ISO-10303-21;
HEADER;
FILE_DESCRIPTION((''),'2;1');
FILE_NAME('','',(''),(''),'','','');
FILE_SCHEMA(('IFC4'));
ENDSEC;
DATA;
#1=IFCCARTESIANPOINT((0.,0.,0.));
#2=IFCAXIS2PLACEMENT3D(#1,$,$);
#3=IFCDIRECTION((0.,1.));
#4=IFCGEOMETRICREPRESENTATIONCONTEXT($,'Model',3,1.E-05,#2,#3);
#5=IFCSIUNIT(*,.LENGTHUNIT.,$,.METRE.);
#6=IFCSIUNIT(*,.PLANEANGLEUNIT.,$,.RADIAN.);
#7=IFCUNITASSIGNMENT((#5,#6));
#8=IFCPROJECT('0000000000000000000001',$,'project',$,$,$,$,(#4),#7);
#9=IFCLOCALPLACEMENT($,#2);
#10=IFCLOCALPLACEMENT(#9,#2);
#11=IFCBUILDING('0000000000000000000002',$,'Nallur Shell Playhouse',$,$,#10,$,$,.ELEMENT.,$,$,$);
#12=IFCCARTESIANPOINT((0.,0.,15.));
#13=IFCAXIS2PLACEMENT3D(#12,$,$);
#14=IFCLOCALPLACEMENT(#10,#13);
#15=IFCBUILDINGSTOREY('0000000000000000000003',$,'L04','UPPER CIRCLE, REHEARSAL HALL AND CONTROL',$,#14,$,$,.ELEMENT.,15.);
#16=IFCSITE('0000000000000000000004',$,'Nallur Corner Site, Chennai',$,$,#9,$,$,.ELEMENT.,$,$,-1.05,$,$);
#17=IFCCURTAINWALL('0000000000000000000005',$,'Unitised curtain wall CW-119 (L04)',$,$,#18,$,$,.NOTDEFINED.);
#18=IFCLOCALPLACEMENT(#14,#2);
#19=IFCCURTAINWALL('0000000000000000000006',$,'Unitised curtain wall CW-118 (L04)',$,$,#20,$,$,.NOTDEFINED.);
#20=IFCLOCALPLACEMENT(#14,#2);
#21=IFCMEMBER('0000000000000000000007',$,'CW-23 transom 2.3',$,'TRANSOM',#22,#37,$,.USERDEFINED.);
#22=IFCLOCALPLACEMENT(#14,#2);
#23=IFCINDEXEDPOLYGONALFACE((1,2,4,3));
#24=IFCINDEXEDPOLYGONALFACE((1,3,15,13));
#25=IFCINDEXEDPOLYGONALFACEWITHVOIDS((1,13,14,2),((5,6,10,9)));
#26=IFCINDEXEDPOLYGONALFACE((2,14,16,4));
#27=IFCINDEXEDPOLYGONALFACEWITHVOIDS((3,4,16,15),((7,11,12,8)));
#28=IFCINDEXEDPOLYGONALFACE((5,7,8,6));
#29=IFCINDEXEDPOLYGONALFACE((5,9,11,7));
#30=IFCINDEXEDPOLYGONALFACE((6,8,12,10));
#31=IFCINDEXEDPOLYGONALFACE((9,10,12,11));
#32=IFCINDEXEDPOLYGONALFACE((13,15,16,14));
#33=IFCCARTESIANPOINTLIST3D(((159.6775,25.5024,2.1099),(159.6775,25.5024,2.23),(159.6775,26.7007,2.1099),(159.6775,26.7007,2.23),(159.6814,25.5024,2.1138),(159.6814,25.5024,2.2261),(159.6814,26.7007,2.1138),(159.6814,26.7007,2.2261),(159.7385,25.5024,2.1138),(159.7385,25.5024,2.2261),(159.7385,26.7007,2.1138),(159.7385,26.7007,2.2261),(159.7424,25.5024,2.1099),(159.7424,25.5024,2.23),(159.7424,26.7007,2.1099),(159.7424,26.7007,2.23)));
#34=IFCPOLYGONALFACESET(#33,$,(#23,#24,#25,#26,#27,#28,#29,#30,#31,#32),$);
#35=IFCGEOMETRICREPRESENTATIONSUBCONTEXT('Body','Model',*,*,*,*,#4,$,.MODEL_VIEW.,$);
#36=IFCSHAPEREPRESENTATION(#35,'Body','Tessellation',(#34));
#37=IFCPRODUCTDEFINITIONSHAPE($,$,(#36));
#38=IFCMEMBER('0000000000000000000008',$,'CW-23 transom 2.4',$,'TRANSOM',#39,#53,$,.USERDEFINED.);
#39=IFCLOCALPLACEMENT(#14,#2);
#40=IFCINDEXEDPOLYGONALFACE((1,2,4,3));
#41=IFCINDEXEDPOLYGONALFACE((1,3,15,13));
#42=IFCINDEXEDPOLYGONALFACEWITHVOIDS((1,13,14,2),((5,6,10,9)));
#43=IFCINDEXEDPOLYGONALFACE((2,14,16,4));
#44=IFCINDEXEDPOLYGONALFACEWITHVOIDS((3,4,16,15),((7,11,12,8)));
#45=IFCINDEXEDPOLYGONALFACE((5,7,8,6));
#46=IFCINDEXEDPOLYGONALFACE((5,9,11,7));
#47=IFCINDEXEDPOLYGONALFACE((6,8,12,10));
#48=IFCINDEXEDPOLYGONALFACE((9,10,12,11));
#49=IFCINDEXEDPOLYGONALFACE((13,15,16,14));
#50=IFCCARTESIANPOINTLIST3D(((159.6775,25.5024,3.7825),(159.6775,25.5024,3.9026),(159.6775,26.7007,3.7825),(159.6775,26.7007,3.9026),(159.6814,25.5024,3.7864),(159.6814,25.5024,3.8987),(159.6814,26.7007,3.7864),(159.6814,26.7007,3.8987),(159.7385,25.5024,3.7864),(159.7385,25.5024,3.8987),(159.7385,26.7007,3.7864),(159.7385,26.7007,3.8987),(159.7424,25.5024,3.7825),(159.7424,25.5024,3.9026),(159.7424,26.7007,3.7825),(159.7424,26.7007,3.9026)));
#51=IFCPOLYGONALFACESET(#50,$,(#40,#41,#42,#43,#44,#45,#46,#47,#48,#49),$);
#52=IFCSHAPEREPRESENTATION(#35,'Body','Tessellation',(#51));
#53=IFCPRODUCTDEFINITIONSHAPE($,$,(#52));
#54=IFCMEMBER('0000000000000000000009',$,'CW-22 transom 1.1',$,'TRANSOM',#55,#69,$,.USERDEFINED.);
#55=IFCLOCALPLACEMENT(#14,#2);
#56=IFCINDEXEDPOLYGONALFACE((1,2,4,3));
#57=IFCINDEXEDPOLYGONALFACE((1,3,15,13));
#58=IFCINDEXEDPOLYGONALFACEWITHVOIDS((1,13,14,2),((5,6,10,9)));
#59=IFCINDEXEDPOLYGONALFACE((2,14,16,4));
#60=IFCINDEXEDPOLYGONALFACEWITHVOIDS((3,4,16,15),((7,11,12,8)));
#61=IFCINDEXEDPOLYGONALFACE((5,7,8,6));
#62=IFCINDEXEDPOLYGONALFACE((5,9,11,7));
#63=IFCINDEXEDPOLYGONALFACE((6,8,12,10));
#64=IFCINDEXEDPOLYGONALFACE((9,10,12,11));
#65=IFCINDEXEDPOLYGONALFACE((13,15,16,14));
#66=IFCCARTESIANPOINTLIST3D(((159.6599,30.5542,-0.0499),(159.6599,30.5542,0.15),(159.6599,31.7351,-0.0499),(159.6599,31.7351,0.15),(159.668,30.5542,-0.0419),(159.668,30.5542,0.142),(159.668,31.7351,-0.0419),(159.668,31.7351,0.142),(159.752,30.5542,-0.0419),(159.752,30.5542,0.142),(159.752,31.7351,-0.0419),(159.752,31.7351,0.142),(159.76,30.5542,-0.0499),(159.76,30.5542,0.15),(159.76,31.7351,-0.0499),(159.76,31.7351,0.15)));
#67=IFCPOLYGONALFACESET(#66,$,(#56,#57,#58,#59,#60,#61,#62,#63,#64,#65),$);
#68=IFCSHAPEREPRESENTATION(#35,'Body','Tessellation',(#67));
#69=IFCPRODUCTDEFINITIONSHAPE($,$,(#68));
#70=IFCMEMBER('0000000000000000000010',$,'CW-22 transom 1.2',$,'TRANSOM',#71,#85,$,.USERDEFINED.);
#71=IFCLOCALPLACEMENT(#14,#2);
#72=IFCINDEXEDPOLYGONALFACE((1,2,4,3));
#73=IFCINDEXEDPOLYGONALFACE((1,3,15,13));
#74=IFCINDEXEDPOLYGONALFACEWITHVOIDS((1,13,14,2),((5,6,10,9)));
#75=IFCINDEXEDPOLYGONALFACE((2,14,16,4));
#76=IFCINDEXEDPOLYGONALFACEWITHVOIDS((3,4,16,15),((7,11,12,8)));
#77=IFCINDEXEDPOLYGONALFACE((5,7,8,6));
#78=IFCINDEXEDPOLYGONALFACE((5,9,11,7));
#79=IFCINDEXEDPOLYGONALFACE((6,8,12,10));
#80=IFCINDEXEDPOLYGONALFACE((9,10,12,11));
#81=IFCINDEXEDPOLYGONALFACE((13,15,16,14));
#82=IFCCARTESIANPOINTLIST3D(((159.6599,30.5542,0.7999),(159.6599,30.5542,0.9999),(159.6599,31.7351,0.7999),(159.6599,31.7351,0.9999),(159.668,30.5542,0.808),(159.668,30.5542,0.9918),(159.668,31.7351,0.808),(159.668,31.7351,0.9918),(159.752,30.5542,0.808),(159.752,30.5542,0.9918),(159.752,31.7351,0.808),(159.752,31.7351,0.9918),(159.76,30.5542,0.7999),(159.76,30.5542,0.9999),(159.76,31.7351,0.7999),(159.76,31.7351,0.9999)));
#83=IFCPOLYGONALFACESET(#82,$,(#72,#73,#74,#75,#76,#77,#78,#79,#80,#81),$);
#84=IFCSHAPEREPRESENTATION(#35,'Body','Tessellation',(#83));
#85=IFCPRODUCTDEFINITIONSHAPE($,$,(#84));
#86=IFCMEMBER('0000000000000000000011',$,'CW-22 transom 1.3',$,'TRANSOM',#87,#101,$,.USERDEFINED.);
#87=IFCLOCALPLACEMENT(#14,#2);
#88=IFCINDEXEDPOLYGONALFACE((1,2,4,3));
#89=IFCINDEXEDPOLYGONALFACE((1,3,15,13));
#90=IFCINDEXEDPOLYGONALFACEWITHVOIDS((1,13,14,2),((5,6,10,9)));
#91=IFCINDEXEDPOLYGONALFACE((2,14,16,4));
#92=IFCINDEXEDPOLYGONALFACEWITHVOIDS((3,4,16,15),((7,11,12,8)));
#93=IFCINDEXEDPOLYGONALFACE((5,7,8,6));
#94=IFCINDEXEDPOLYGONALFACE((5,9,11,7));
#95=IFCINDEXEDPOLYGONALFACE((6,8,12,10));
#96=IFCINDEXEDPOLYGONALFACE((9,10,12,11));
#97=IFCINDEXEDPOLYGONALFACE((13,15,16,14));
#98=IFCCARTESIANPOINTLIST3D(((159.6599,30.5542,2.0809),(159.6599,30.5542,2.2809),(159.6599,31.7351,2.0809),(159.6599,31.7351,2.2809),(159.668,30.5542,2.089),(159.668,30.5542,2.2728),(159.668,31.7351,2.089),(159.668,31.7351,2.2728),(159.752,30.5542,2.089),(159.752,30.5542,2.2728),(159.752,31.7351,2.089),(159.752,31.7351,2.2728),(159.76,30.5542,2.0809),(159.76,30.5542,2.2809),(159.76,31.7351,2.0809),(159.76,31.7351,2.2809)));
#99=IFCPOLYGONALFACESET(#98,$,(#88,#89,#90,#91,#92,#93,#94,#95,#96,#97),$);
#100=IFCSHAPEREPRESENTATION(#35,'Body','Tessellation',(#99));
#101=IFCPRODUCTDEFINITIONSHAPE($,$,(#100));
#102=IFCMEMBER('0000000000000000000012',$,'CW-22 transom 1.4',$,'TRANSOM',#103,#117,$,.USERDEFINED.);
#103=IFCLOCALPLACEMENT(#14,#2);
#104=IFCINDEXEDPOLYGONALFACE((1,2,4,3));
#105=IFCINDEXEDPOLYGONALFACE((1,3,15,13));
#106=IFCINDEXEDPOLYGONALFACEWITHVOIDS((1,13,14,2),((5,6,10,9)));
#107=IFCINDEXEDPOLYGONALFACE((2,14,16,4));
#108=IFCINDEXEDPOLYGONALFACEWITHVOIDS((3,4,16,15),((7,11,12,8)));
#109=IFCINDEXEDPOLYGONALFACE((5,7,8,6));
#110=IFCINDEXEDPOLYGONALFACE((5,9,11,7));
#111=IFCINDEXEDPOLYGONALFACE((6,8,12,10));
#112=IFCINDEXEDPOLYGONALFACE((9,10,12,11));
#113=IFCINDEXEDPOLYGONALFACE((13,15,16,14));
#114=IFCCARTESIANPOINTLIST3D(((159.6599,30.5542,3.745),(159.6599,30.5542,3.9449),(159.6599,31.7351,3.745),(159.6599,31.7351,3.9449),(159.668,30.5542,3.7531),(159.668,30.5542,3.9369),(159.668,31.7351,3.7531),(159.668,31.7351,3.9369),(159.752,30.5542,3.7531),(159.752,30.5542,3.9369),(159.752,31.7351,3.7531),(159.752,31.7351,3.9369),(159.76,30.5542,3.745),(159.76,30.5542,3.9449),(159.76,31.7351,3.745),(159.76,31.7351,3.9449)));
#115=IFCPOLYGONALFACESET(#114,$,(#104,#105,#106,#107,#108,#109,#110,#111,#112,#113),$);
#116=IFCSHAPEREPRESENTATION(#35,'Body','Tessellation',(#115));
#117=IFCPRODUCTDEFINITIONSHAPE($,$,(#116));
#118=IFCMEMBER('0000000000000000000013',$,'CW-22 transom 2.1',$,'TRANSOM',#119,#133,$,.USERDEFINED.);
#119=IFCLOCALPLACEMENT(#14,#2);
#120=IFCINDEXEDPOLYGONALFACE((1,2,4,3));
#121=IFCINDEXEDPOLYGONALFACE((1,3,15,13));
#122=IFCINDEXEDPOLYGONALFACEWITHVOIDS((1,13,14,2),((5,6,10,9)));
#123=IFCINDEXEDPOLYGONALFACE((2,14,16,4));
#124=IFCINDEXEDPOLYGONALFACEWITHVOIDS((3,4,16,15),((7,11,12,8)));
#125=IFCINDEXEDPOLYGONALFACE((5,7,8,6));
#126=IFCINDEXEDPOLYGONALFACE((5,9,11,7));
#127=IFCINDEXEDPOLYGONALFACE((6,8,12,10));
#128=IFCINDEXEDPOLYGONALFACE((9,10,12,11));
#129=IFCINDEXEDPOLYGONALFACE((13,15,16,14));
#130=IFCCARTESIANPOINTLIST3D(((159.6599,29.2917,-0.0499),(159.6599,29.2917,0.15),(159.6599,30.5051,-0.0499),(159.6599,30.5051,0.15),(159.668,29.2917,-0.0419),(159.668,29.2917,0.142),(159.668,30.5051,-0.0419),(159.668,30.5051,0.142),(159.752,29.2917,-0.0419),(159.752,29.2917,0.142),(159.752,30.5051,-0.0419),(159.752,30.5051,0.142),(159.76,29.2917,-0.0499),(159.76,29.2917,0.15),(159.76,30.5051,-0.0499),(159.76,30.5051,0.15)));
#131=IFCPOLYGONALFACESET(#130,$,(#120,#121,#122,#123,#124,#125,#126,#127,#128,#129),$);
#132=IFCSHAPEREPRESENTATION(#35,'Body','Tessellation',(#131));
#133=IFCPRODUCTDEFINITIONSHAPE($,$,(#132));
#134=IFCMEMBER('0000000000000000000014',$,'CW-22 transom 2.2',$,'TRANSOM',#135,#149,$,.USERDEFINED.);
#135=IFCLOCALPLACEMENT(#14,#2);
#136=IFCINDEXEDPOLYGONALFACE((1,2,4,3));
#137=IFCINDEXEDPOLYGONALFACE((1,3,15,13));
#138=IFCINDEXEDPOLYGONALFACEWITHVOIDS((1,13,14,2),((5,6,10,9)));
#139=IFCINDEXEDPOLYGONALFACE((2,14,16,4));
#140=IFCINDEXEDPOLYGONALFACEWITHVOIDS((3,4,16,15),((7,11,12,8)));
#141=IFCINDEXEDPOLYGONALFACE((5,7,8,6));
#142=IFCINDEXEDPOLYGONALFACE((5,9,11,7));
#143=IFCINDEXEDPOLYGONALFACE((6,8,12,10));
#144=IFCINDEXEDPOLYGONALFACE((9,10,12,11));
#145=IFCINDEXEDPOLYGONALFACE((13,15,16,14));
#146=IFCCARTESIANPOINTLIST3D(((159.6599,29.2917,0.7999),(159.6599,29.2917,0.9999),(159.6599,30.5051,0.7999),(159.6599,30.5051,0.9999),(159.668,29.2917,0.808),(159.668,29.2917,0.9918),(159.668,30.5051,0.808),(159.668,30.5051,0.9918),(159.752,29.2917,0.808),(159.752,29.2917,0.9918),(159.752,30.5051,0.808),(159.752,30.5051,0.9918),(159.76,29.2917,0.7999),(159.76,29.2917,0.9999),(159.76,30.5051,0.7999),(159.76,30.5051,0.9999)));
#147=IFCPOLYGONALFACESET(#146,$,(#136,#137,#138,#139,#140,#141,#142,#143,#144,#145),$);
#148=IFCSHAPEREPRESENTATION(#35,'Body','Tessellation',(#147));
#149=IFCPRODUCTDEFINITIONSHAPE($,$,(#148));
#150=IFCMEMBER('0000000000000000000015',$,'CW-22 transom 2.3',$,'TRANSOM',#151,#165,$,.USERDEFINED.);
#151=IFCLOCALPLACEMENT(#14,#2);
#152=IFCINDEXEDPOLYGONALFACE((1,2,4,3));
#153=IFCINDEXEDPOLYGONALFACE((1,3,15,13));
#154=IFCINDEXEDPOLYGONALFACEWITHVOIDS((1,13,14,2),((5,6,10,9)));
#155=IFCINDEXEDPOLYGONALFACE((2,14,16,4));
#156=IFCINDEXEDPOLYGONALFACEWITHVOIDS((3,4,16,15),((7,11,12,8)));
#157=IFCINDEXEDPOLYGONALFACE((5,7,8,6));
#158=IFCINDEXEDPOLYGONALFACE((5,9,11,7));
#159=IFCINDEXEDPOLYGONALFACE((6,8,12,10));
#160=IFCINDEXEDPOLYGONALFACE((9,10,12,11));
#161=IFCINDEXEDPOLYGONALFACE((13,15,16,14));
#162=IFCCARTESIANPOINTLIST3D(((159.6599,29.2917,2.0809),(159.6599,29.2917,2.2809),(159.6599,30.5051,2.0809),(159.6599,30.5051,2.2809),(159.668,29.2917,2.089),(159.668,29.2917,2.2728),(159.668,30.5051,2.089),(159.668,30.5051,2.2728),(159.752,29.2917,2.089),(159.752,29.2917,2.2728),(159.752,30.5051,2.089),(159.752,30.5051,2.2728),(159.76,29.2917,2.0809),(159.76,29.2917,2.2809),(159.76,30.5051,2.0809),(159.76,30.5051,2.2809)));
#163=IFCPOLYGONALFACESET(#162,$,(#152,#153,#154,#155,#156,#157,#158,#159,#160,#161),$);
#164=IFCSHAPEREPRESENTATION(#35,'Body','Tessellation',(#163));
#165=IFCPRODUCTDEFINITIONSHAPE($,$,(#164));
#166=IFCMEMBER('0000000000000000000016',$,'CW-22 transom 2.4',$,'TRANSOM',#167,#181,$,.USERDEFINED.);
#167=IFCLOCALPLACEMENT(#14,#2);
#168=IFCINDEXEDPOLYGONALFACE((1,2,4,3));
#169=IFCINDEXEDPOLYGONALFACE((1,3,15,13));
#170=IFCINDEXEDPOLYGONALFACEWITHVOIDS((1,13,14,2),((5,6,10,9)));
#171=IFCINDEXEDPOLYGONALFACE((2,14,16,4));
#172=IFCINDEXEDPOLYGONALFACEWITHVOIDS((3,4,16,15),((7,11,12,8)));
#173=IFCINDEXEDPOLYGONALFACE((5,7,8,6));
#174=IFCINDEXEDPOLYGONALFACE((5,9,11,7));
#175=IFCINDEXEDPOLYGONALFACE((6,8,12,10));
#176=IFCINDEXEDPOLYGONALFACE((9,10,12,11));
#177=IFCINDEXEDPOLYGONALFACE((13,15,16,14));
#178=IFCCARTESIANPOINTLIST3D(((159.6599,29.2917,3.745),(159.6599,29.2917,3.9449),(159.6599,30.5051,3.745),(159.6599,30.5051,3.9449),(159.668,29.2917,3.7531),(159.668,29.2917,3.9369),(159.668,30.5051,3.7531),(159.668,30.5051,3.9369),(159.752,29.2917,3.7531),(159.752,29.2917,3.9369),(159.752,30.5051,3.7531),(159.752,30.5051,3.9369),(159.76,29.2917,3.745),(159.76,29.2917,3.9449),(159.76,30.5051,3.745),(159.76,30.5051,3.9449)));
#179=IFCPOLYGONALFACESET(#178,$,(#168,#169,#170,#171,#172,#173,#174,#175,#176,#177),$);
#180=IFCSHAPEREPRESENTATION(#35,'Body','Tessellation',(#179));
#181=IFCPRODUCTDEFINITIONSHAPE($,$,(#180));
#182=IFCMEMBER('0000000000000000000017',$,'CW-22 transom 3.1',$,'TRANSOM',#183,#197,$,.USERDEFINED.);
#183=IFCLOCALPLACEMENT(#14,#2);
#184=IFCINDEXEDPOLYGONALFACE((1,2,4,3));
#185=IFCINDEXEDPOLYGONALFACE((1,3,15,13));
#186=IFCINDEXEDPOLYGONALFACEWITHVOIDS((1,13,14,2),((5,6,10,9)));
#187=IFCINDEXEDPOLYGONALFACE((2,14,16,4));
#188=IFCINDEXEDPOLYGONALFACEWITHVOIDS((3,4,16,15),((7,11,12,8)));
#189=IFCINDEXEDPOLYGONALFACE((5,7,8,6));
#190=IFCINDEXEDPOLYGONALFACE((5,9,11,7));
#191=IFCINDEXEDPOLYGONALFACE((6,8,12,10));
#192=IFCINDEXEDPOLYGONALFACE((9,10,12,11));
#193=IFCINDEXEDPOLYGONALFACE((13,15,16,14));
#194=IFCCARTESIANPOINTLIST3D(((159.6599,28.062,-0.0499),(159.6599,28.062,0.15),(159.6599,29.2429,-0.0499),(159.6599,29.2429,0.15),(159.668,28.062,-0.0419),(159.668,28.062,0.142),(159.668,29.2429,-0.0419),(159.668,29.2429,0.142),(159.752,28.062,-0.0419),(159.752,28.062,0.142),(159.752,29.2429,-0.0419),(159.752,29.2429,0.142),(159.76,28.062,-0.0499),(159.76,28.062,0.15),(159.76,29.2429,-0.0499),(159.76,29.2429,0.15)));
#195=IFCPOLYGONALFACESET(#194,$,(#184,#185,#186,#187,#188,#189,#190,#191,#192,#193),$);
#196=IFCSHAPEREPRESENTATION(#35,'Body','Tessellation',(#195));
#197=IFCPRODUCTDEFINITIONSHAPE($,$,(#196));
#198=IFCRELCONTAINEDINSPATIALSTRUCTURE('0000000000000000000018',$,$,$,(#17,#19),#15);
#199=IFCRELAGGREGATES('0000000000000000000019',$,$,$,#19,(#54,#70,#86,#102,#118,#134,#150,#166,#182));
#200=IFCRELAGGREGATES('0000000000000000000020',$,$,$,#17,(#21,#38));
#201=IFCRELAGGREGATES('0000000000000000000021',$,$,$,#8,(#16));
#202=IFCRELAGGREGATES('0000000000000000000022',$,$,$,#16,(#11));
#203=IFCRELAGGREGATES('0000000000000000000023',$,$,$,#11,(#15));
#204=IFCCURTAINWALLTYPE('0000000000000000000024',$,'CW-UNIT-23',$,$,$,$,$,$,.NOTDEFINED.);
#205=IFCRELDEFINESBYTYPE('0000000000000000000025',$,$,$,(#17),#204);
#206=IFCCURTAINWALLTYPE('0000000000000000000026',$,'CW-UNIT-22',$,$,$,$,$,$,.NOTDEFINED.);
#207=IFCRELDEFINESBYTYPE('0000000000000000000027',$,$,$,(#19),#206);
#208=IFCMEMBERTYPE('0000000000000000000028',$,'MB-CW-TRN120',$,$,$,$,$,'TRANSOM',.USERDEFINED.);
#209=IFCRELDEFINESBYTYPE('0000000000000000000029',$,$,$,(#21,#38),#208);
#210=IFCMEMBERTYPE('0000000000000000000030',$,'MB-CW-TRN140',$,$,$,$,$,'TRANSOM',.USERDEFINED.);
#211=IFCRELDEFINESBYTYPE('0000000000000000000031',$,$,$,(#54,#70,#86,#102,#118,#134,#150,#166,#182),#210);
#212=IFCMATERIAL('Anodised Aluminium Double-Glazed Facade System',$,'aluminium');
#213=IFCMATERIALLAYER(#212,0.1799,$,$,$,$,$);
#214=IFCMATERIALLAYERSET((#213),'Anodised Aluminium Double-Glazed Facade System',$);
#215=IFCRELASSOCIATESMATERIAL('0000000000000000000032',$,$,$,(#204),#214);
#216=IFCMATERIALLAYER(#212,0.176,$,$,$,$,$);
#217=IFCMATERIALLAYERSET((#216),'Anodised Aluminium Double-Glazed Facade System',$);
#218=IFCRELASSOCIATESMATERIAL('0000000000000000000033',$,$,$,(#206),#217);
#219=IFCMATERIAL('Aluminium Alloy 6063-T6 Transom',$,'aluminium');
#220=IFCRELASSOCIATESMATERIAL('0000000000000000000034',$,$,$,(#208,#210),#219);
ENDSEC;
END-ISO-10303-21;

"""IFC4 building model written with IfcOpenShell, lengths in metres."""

from ifc_helpers import new_model, si_unit, direction, frame, origin, origin_2d, place, context, subcontext, project, spatial, hollow_rectangle, extrude, material, layer, layer_set, material_profile, profile_set, type_object, element, aggregate, save


model = new_model("IFC4")

# Units and contexts
model_context = context("Model", 3, precision=1e-05, world=origin(), true_north=direction((0.0, 1.0)))
body_context = subcontext(model_context, "Body", "Model", "MODEL_VIEW")
ifc_project = project(units=[si_unit("LENGTHUNIT", "METRE"), si_unit("PLANEANGLEUNIT", "RADIAN")], contexts=[model_context])

# Site, building, storey
site_placement = place(None, origin())
site = spatial("IfcSite", under=ifc_project, at=site_placement, Name="Nallur Corner Site, Chennai", CompositionType="ELEMENT", RefElevation=-1.05)
building_placement = place(site_placement, origin())
building = spatial("IfcBuilding", under=site, at=building_placement, Name="Nallur Shell Playhouse", CompositionType="ELEMENT")
storey_placement = place(building_placement, frame((0.0, 0.0, 15.0)))
storey = spatial("IfcBuildingStorey", under=building, at=storey_placement, Name="L04", Description="UPPER CIRCLE, REHEARSAL HALL AND CONTROL", CompositionType="ELEMENT", Elevation=15.0)

# Curtain walls
ifc_material_1 = material(Name="Anodised Aluminium Double-Glazed Facade System", Category="aluminium")
ifc_layer_1 = layer(ifc_material_1, 0.1799)
ifc_layer_set_1 = layer_set([ifc_layer_1], Name="Anodised Aluminium Double-Glazed Facade System")
curtain_wall_type_1 = type_object("IfcCurtainWallType", Name="CW-UNIT-23", PredefinedType="NOTDEFINED", material=ifc_layer_set_1)
curtain_wall_1_placement = place(storey_placement, origin())
curtain_wall_1 = element("IfcCurtainWall", 1, at=curtain_wall_1_placement, inside=storey, type_object=curtain_wall_type_1, Name="Unitised curtain wall CW-119 (L04)", PredefinedType="NOTDEFINED")
ifc_layer_2 = layer(ifc_material_1, 0.176)
ifc_layer_set_2 = layer_set([ifc_layer_2], Name="Anodised Aluminium Double-Glazed Facade System")
curtain_wall_type_2 = type_object("IfcCurtainWallType", Name="CW-UNIT-22", PredefinedType="NOTDEFINED", material=ifc_layer_set_2)
curtain_wall_2_placement = place(storey_placement, origin())
curtain_wall_2 = element("IfcCurtainWall", 2, at=curtain_wall_2_placement, inside=storey, type_object=curtain_wall_type_2, Name="Unitised curtain wall CW-118 (L04)", PredefinedType="NOTDEFINED")

# Members
ifc_material_2 = material(Name="Aluminium Alloy 6063-T6 Transom", Category="aluminium")
ifc_material_profile_1 = material_profile(ifc_material_2, hollow_rectangle(XDim=0.0649, YDim=0.1201, WallThickness=0.0039, at=origin_2d()), Name="ALU 65x120x4")
ifc_profile_set_1 = profile_set([ifc_material_profile_1], Name="Aluminium Alloy 6063-T6 Transom")
member_type_1 = type_object("IfcMemberType", Name="MB-CW-TRN120", ElementType="TRANSOM", PredefinedType="USERDEFINED", material=ifc_profile_set_1)
member_1_placement = place(storey_placement, frame((159.71, 26.7007, 2.1699), z_axis=(0.0, -1.0, 0.0), x_axis=(1.0, 0.0, 0.0)))
member_1 = element("IfcMember", 3, at=member_1_placement, type_object=member_type_1, Name="CW-23 transom 2.3", ObjectType="TRANSOM", PredefinedType="USERDEFINED", context=body_context, shape_type="SweptSolid", body=[
    extrude(hollow_rectangle(XDim=0.0649, YDim=0.1201, WallThickness=0.0039, at=origin_2d()), origin(), (0.0, 0.0, 1.0), 1.1982),
])
member_2_placement = place(storey_placement, frame((159.71, 26.7007, 3.8425), z_axis=(0.0, -1.0, 0.0), x_axis=(1.0, 0.0, 0.0)))
member_2 = element("IfcMember", 4, at=member_2_placement, type_object=member_type_1, Name="CW-23 transom 2.4", ObjectType="TRANSOM", PredefinedType="USERDEFINED", context=body_context, shape_type="SweptSolid", body=[
    extrude(hollow_rectangle(XDim=0.0649, YDim=0.1201, WallThickness=0.0039, at=origin_2d()), origin(), (0.0, 0.0, 1.0), 1.1982),
])
ifc_material_profile_2 = material_profile(ifc_material_2, hollow_rectangle(XDim=0.1001, YDim=0.2, WallThickness=0.0081, at=origin_2d()), Name="RHS 200x100x8")
ifc_profile_set_2 = profile_set([ifc_material_profile_2], Name="Aluminium Alloy 6063-T6 Transom")
member_type_2 = type_object("IfcMemberType", Name="MB-CW-TRN140", ElementType="TRANSOM", PredefinedType="USERDEFINED", material=ifc_profile_set_2)
member_3_placement = place(storey_placement, frame((159.71, 31.7351, 0.05), z_axis=(0.0, -1.0, 0.0), x_axis=(1.0, 0.0, 0.0)))
member_3 = element("IfcMember", 5, at=member_3_placement, type_object=member_type_2, Name="CW-22 transom 1.1", ObjectType="TRANSOM", PredefinedType="USERDEFINED", context=body_context, shape_type="SweptSolid", body=[
    extrude(hollow_rectangle(XDim=0.1001, YDim=0.2, WallThickness=0.0081, at=origin_2d()), origin(), (0.0, 0.0, 1.0), 1.1809),
])
member_4_placement = place(storey_placement, frame((159.71, 31.7351, 0.8999), z_axis=(0.0, -1.0, 0.0), x_axis=(1.0, 0.0, 0.0)))
member_4 = element("IfcMember", 6, at=member_4_placement, type_object=member_type_2, Name="CW-22 transom 1.2", ObjectType="TRANSOM", PredefinedType="USERDEFINED", context=body_context, shape_type="SweptSolid", body=[
    extrude(hollow_rectangle(XDim=0.1001, YDim=0.2, WallThickness=0.0081, at=origin_2d()), origin(), (0.0, 0.0, 1.0), 1.1809),
])
member_5_placement = place(storey_placement, frame((159.71, 31.7351, 2.1809), z_axis=(0.0, -1.0, 0.0), x_axis=(1.0, 0.0, 0.0)))
member_5 = element("IfcMember", 7, at=member_5_placement, type_object=member_type_2, Name="CW-22 transom 1.3", ObjectType="TRANSOM", PredefinedType="USERDEFINED", context=body_context, shape_type="SweptSolid", body=[
    extrude(hollow_rectangle(XDim=0.1001, YDim=0.2, WallThickness=0.0081, at=origin_2d()), origin(), (0.0, 0.0, 1.0), 1.1809),
])
member_6_placement = place(storey_placement, frame((159.71, 31.7351, 3.845), z_axis=(0.0, -1.0, 0.0), x_axis=(1.0, 0.0, 0.0)))
member_6 = element("IfcMember", 8, at=member_6_placement, type_object=member_type_2, Name="CW-22 transom 1.4", ObjectType="TRANSOM", PredefinedType="USERDEFINED", context=body_context, shape_type="SweptSolid", body=[
    extrude(hollow_rectangle(XDim=0.1001, YDim=0.2, WallThickness=0.0081, at=origin_2d()), origin(), (0.0, 0.0, 1.0), 1.1809),
])
member_7_placement = place(storey_placement, frame((159.71, 30.5051, 0.05), z_axis=(0.0, -1.0, 0.0), x_axis=(1.0, 0.0, 0.0)))
member_7 = element("IfcMember", 9, at=member_7_placement, type_object=member_type_2, Name="CW-22 transom 2.1", ObjectType="TRANSOM", PredefinedType="USERDEFINED", context=body_context, shape_type="SweptSolid", body=[
    extrude(hollow_rectangle(XDim=0.1001, YDim=0.2, WallThickness=0.0081, at=origin_2d()), origin(), (0.0, 0.0, 1.0), 1.2134),
])
member_8_placement = place(storey_placement, frame((159.71, 30.5051, 0.8999), z_axis=(0.0, -1.0, 0.0), x_axis=(1.0, 0.0, 0.0)))
member_8 = element("IfcMember", 10, at=member_8_placement, type_object=member_type_2, Name="CW-22 transom 2.2", ObjectType="TRANSOM", PredefinedType="USERDEFINED", context=body_context, shape_type="SweptSolid", body=[
    extrude(hollow_rectangle(XDim=0.1001, YDim=0.2, WallThickness=0.0081, at=origin_2d()), origin(), (0.0, 0.0, 1.0), 1.2134),
])
member_9_placement = place(storey_placement, frame((159.71, 30.5051, 2.1809), z_axis=(0.0, -1.0, 0.0), x_axis=(1.0, 0.0, 0.0)))
member_9 = element("IfcMember", 11, at=member_9_placement, type_object=member_type_2, Name="CW-22 transom 2.3", ObjectType="TRANSOM", PredefinedType="USERDEFINED", context=body_context, shape_type="SweptSolid", body=[
    extrude(hollow_rectangle(XDim=0.1001, YDim=0.2, WallThickness=0.0081, at=origin_2d()), origin(), (0.0, 0.0, 1.0), 1.2134),
])
member_10_placement = place(storey_placement, frame((159.71, 30.5051, 3.845), z_axis=(0.0, -1.0, 0.0), x_axis=(1.0, 0.0, 0.0)))
member_10 = element("IfcMember", 12, at=member_10_placement, type_object=member_type_2, Name="CW-22 transom 2.4", ObjectType="TRANSOM", PredefinedType="USERDEFINED", context=body_context, shape_type="SweptSolid", body=[
    extrude(hollow_rectangle(XDim=0.1001, YDim=0.2, WallThickness=0.0081, at=origin_2d()), origin(), (0.0, 0.0, 1.0), 1.2134),
])
member_11_placement = place(storey_placement, frame((159.71, 29.2429, 0.05), z_axis=(0.0, -1.0, 0.0), x_axis=(1.0, 0.0, 0.0)))
member_11 = element("IfcMember", 13, at=member_11_placement, type_object=member_type_2, Name="CW-22 transom 3.1", ObjectType="TRANSOM", PredefinedType="USERDEFINED", context=body_context, shape_type="SweptSolid", body=[
    extrude(hollow_rectangle(XDim=0.1001, YDim=0.2, WallThickness=0.0081, at=origin_2d()), origin(), (0.0, 0.0, 1.0), 1.1809),
])

aggregate(curtain_wall_2, [member_3, member_4, member_5, member_6, member_7, member_8, member_9, member_10, member_11])
aggregate(curtain_wall_1, [member_1, member_2])

save(model, "model.ifc")
